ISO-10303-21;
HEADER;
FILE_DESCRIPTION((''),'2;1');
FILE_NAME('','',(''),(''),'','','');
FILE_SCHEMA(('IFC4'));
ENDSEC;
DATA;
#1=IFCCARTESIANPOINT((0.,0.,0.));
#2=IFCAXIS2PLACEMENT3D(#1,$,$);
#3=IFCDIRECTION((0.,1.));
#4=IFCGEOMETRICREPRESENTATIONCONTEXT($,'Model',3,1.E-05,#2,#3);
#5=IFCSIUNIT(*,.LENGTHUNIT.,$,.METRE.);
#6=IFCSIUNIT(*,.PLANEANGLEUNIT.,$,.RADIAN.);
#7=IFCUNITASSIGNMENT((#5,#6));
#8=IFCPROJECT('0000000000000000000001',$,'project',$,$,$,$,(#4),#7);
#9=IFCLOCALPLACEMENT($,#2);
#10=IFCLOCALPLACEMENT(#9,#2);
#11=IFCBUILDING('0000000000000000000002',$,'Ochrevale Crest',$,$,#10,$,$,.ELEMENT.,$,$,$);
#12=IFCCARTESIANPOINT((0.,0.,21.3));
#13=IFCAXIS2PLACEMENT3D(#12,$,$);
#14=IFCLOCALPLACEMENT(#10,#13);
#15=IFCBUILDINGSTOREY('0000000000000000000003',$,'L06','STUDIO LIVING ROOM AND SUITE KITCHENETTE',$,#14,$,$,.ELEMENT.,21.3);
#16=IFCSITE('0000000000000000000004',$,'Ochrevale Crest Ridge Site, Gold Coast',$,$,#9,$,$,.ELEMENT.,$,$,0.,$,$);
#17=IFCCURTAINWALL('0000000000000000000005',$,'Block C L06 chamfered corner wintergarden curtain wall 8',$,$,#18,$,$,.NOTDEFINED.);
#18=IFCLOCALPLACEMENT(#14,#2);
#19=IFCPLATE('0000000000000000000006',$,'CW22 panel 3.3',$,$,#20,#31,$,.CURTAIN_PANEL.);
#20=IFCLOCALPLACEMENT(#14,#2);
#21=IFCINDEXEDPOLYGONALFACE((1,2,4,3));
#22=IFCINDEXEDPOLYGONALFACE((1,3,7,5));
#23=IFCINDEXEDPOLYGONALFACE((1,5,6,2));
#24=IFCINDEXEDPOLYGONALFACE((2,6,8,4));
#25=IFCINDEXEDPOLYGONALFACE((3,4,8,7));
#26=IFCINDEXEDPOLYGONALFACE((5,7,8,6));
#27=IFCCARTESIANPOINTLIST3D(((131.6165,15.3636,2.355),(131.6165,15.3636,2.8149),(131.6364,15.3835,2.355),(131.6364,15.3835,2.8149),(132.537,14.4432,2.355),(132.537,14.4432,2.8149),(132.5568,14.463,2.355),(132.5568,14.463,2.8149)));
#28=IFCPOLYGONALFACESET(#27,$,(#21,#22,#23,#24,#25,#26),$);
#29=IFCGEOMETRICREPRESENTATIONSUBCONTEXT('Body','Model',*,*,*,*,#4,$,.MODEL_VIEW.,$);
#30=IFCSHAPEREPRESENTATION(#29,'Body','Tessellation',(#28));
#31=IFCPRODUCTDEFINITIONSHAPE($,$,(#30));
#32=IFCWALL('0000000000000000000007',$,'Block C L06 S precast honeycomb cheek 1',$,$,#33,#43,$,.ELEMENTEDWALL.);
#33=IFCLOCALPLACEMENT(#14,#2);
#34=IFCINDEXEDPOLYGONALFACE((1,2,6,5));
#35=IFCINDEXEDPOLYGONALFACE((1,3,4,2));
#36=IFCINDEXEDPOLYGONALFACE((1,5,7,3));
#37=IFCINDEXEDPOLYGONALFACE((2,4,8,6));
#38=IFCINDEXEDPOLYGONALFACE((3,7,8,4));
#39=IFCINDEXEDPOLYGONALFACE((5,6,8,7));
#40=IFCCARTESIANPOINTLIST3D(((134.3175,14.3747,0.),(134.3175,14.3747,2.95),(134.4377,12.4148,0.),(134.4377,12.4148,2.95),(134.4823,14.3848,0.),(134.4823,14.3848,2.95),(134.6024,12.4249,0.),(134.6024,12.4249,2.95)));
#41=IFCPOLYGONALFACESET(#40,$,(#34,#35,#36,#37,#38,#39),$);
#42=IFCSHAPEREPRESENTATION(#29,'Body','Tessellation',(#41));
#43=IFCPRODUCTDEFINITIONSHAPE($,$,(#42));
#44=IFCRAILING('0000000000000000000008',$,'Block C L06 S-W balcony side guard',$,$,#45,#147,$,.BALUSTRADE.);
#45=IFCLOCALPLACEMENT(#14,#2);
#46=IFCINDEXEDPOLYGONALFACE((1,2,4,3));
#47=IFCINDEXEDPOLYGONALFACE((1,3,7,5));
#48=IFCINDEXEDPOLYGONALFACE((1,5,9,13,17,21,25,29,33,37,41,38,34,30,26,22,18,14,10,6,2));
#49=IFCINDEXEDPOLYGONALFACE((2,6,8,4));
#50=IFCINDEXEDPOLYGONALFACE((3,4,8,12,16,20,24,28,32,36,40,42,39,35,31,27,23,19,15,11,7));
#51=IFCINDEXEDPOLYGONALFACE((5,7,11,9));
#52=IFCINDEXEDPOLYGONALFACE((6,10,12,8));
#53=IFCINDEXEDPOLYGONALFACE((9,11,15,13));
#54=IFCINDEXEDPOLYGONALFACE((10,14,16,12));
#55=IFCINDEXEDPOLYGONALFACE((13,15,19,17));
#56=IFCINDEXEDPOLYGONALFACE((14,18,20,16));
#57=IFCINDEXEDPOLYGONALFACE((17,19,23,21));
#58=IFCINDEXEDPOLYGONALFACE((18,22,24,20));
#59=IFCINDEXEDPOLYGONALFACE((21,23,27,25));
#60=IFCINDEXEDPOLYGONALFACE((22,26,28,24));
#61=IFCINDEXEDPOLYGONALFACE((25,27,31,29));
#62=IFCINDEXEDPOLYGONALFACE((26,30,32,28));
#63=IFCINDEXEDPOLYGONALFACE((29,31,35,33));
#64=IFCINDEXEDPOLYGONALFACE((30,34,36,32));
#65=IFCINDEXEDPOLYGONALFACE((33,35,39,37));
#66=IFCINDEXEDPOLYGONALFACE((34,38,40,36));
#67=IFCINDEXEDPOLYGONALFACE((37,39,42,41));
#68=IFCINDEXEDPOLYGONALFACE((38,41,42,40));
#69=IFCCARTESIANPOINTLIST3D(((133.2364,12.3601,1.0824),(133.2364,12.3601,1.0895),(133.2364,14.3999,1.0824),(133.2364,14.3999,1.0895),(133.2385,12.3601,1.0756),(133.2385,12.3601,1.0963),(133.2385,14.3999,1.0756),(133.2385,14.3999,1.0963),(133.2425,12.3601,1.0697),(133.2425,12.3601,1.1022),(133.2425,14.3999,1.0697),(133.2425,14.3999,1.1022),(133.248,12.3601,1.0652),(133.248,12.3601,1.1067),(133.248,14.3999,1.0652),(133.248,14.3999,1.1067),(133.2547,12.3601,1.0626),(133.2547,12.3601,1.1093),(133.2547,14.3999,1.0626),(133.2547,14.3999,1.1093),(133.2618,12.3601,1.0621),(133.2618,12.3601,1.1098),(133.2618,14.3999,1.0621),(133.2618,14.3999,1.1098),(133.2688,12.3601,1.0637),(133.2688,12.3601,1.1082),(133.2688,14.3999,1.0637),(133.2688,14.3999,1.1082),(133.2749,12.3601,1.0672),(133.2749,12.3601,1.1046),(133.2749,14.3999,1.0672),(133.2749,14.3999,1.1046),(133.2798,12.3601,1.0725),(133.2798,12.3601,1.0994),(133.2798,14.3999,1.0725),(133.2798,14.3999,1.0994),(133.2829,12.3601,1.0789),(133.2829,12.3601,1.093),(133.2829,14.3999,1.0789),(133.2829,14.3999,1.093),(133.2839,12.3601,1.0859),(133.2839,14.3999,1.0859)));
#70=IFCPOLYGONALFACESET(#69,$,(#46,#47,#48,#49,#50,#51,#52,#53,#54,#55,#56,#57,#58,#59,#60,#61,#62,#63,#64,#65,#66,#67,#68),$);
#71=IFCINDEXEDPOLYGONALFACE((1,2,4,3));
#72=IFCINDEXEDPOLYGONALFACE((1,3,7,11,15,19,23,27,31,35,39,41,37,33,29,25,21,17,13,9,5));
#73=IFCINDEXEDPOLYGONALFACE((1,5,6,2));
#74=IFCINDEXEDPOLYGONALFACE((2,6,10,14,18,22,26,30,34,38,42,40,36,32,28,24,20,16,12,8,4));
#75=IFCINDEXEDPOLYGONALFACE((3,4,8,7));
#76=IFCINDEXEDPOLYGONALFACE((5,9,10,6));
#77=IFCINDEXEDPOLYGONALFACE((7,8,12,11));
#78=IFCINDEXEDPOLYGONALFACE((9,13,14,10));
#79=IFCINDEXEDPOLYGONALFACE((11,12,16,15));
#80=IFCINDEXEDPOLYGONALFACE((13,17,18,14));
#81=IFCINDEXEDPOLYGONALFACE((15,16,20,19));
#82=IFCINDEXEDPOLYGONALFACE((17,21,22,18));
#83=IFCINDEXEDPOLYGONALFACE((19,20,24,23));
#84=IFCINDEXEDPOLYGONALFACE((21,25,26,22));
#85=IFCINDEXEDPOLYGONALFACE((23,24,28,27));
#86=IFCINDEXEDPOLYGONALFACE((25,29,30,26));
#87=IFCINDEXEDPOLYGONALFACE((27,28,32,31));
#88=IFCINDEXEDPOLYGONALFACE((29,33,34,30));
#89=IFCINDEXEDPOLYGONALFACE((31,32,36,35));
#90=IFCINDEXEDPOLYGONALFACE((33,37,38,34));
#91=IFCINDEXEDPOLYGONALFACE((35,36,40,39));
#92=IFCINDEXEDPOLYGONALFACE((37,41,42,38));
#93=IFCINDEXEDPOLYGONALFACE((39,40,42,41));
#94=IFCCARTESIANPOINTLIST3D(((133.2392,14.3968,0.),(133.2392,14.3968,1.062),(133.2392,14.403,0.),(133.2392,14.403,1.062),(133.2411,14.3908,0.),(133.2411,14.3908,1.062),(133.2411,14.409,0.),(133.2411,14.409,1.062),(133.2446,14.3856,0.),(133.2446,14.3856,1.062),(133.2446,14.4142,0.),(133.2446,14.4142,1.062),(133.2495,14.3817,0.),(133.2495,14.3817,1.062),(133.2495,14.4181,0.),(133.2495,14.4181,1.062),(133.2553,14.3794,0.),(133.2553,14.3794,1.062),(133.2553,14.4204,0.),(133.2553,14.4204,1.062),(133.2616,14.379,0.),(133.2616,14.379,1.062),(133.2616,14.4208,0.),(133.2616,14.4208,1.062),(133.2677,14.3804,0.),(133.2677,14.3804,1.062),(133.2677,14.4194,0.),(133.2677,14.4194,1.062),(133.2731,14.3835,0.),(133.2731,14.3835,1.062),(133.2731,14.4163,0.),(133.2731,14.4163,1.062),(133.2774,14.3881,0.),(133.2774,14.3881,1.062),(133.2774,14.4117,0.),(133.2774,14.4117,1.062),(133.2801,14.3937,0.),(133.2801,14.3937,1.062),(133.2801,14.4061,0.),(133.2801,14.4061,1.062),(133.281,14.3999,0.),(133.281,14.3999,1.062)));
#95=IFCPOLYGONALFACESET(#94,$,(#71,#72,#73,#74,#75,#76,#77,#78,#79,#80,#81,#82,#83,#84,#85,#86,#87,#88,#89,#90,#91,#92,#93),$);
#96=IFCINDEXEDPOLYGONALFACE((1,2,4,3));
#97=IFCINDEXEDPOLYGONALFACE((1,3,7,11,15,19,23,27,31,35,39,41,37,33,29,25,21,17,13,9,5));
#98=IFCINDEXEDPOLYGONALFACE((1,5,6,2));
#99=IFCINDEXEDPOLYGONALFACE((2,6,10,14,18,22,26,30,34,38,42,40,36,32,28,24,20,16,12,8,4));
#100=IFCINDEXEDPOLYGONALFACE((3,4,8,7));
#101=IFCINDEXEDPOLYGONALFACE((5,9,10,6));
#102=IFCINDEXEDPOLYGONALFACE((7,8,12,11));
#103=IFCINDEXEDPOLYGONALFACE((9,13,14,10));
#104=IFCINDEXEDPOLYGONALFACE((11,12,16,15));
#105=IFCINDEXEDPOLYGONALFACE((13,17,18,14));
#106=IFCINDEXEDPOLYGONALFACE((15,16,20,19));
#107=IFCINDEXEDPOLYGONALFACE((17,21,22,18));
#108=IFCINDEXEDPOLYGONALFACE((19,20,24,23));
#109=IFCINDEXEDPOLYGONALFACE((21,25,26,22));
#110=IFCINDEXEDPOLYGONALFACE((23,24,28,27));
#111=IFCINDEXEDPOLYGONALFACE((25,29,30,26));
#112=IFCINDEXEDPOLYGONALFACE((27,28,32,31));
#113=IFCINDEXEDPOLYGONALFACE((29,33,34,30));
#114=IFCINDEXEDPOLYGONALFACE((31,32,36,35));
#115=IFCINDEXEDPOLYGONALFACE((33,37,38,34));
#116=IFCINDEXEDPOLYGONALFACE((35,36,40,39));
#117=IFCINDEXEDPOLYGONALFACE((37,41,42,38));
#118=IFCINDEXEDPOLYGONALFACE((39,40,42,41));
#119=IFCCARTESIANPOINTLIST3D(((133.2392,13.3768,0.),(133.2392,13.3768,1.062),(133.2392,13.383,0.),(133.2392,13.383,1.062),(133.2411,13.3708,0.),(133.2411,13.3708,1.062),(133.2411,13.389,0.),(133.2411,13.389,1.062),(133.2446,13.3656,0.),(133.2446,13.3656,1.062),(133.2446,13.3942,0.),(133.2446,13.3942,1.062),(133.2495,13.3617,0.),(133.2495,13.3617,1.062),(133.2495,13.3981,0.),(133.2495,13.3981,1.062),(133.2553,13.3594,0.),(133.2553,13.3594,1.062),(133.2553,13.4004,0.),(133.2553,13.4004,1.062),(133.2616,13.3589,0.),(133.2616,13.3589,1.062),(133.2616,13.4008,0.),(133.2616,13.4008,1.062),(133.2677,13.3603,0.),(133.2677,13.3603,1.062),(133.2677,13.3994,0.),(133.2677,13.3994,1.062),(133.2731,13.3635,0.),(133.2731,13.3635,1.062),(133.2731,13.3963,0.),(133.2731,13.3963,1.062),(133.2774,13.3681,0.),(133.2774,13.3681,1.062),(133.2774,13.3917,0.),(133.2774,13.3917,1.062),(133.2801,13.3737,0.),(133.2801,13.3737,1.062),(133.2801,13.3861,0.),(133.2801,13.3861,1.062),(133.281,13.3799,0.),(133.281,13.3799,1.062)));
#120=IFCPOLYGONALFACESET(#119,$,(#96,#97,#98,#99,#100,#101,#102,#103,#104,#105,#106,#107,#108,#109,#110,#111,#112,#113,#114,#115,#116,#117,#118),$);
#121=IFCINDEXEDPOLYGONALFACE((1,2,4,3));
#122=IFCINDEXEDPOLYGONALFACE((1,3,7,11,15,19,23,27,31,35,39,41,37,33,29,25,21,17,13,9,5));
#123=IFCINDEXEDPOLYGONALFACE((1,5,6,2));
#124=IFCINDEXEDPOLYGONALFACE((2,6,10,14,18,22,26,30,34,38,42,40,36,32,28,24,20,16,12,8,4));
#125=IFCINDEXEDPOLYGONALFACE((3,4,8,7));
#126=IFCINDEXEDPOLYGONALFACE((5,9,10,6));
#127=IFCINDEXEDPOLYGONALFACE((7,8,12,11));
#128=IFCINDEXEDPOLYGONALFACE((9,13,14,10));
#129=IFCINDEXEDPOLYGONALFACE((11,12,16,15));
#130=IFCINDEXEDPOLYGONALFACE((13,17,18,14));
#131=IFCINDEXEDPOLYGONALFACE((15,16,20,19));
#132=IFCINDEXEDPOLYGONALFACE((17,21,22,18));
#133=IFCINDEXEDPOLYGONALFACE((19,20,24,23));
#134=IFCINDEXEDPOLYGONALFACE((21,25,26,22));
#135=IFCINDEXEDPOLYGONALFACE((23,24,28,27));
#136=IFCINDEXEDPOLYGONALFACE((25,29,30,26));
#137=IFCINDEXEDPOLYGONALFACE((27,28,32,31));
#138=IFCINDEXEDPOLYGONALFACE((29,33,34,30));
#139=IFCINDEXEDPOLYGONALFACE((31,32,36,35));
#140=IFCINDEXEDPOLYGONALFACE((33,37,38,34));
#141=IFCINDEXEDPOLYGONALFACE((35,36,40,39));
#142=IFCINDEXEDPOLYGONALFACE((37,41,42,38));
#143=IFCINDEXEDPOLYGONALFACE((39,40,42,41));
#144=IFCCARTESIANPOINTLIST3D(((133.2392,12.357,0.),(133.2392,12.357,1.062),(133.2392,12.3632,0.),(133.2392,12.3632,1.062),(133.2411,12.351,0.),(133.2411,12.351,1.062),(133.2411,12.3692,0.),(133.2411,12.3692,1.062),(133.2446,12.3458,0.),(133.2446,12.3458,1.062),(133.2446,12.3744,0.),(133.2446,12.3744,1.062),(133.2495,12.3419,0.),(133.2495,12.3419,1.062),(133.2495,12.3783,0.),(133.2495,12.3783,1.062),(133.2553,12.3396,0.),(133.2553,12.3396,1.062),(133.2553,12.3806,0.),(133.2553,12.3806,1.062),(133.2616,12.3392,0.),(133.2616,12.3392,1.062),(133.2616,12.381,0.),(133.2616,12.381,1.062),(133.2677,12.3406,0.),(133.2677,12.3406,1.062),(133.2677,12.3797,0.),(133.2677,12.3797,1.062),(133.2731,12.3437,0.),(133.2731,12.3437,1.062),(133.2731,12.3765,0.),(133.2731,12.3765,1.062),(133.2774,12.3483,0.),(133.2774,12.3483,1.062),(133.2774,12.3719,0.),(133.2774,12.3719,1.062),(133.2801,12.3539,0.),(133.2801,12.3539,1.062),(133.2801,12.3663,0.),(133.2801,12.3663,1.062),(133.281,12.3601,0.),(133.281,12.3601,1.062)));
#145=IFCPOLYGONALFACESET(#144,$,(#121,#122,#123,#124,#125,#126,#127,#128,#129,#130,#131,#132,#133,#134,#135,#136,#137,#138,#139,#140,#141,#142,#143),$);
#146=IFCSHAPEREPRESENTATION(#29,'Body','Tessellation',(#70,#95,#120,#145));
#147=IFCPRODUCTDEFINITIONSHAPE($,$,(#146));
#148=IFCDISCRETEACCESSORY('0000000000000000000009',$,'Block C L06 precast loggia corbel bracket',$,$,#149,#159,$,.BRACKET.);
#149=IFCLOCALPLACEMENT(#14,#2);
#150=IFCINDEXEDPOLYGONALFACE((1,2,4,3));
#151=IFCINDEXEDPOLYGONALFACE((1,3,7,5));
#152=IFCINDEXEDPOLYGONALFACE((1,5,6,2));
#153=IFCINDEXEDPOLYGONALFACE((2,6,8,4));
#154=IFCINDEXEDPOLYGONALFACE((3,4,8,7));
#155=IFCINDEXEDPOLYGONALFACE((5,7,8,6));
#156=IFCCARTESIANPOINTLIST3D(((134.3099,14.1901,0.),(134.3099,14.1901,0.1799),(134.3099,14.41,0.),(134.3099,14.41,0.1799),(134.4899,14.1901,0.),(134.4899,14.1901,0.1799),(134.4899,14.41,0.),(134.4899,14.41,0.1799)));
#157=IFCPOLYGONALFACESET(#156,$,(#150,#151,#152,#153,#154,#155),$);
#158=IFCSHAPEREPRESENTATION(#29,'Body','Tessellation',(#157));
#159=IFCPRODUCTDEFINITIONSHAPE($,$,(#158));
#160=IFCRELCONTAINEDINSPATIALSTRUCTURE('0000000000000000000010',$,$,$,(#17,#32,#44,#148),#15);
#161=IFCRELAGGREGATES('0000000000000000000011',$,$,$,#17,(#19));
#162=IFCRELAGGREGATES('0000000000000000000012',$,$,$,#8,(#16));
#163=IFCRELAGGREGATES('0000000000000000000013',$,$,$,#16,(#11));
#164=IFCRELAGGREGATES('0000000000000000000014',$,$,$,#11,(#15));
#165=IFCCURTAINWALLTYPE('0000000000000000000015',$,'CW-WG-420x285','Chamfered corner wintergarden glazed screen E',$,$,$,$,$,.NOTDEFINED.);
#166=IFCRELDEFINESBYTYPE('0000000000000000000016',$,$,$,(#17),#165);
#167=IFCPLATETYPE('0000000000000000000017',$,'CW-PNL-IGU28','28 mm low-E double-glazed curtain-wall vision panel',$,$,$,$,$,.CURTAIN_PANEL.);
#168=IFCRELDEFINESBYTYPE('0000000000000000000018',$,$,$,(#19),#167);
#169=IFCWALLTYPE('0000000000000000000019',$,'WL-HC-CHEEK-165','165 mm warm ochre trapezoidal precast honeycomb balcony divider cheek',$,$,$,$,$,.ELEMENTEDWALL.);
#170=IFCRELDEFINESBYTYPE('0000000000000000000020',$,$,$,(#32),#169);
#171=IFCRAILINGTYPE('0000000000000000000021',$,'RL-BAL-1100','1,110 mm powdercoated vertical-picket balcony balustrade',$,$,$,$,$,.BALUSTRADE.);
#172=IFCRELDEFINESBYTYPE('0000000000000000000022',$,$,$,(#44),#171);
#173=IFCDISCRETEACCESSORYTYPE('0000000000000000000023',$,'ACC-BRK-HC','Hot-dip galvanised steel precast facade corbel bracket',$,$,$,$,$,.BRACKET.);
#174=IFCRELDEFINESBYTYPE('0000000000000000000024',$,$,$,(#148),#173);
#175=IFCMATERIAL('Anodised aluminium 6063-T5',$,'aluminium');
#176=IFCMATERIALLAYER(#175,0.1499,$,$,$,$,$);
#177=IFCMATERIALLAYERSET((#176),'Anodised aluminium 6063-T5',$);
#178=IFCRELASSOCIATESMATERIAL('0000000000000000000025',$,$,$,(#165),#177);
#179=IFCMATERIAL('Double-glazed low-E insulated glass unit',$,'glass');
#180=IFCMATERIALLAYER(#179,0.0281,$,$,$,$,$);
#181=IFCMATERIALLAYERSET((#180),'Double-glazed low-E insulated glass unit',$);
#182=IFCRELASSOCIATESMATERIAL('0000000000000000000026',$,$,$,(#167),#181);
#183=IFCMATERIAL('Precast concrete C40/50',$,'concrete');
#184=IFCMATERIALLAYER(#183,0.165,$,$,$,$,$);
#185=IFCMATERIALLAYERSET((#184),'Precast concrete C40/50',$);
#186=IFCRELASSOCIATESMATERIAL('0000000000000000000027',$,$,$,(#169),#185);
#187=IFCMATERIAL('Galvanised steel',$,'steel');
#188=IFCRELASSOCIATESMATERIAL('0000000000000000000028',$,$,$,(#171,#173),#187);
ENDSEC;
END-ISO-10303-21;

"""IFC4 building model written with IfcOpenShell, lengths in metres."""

from ifc_helpers import new_model, si_unit, direction, frame, frame_2d, origin, origin_2d, place, context, subcontext, project, spatial, rectangle, circle, extrude, material, layer, layer_set, type_object, element, aggregate, save


model = new_model("IFC4")

# Units and contexts
model_context = context("Model", 3, precision=1e-05, world=origin(), true_north=direction((0.0, 1.0)))
body_context = subcontext(model_context, "Body", "Model", "MODEL_VIEW")
ifc_project = project(units=[si_unit("LENGTHUNIT", "METRE"), si_unit("PLANEANGLEUNIT", "RADIAN")], contexts=[model_context])

# Site, building, storey
site_placement = place(None, origin())
site = spatial("IfcSite", under=ifc_project, at=site_placement, Name="Ochrevale Crest Ridge Site, Gold Coast", CompositionType="ELEMENT", RefElevation=0.0)
building_placement = place(site_placement, origin())
building = spatial("IfcBuilding", under=site, at=building_placement, Name="Ochrevale Crest", CompositionType="ELEMENT")
storey_placement = place(building_placement, frame((0.0, 0.0, 21.3)))
storey = spatial("IfcBuildingStorey", under=building, at=storey_placement, Name="L06", Description="STUDIO LIVING ROOM AND SUITE KITCHENETTE", CompositionType="ELEMENT", Elevation=21.3)

# Curtain wall, plate
ifc_material_1 = material(Name="Anodised aluminium 6063-T5", Category="aluminium")
ifc_layer_1 = layer(ifc_material_1, 0.1499)
ifc_layer_set_1 = layer_set([ifc_layer_1], Name="Anodised aluminium 6063-T5")
curtain_wall_type = type_object("IfcCurtainWallType", Name="CW-WG-420x285", Description="Chamfered corner wintergarden glazed screen E", PredefinedType="NOTDEFINED", material=ifc_layer_set_1)
curtain_wall_placement = place(storey_placement, origin())
curtain_wall = element("IfcCurtainWall", 1, at=curtain_wall_placement, inside=storey, type_object=curtain_wall_type, Name="Block C L06 chamfered corner wintergarden curtain wall 8", PredefinedType="NOTDEFINED")
ifc_material_2 = material(Name="Double-glazed low-E insulated glass unit", Category="glass")
ifc_layer_2 = layer(ifc_material_2, 0.0281)
ifc_layer_set_2 = layer_set([ifc_layer_2], Name="Double-glazed low-E insulated glass unit")
plate_type = type_object("IfcPlateType", Name="CW-PNL-IGU28", Description="28 mm low-E double-glazed curtain-wall vision panel", PredefinedType="CURTAIN_PANEL", material=ifc_layer_set_2)
plate_1_placement = place(storey_placement, frame((132.0867, 14.9133, 2.355), z_axis=(0.0, 0.0, 1.0), x_axis=(0.707107, -0.707107, 0.0)))
plate_1 = element("IfcPlate", 2, at=plate_1_placement, type_object=plate_type, Name="CW22 panel 3.3", PredefinedType="CURTAIN_PANEL", context=body_context, shape_type="SweptSolid", body=[
    extrude(rectangle(XDim=1.3018, YDim=0.0281, at=origin_2d()), origin(), (0.0, 0.0, 1.0), 0.46),
])
aggregate(curtain_wall, [plate_1])

# Shared definitions
ifc_material_3 = material(Name="Precast concrete C40/50", Category="concrete")

# Wall
ifc_layer_3 = layer(ifc_material_3, 0.165)
ifc_layer_set_3 = layer_set([ifc_layer_3], Name="Precast concrete C40/50")
wall_type_1 = type_object("IfcWallType", Name="WL-HC-CHEEK-165", Description="165 mm warm ochre trapezoidal precast honeycomb balcony divider cheek", PredefinedType="ELEMENTEDWALL", material=ifc_layer_set_3)
wall_1_placement = place(storey_placement, frame((134.3999, 14.3799, 0.0), z_axis=(0.0, 0.0, 1.0), x_axis=(0.061171, -0.998127, 0.0)))
element("IfcWall", 3, at=wall_1_placement, inside=storey, type_object=wall_type_1, Name="Block C L06 S precast honeycomb cheek 1", PredefinedType="ELEMENTEDWALL", context=body_context, shape_type="SweptSolid", body=[
    extrude(rectangle(XDim=1.9636, YDim=0.165, at=frame_2d((0.9819, 0.0))), origin(), (0.0, 0.0, 1.0), 2.95),
])

# Railing
ifc_material_4 = material(Name="Galvanised steel", Category="steel")
railing_type = type_object("IfcRailingType", Name="RL-BAL-1100", Description="1,110 mm powdercoated vertical-picket balcony balustrade", PredefinedType="BALUSTRADE", material=ifc_material_4)
railing_1_placement = place(storey_placement, frame((133.26, 14.3999, 0.0)))
element("IfcRailing", 4, at=railing_1_placement, inside=storey, type_object=railing_type, Name="Block C L06 S-W balcony side guard", PredefinedType="BALUSTRADE", context=body_context, shape_type="SweptSolid", body=[
    extrude(circle(Radius=0.0239, at=origin_2d()), frame((0.0, 0.0, 1.0859), z_axis=(0.0, -1.0, 0.0), x_axis=(1.0, 0.0, 0.0)), (0.0, 0.0, 1.0), 2.0398),
    extrude(circle(Radius=0.021, at=origin_2d()), origin(), (0.0, 0.0, 1.0), 1.062),
    extrude(circle(Radius=0.021, at=origin_2d()), frame((0.0, -1.02, 0.0)), (0.0, 0.0, 1.0), 1.062),
    extrude(circle(Radius=0.021, at=origin_2d()), frame((0.0, -2.0398, 0.0)), (0.0, 0.0, 1.0), 1.062),
])

# Discrete accessory
discrete_accessory_type = type_object("IfcDiscreteAccessoryType", Name="ACC-BRK-HC", Description="Hot-dip galvanised steel precast facade corbel bracket", PredefinedType="BRACKET", material=ifc_material_4)
discrete_accessory_placement = place(storey_placement, frame((134.3999, 14.3, 0.0), z_axis=(0.0, 0.0, 1.0), x_axis=(1.0, 0.0, 0.0)))
element("IfcDiscreteAccessory", 5, at=discrete_accessory_placement, inside=storey, type_object=discrete_accessory_type, Name="Block C L06 precast loggia corbel bracket", PredefinedType="BRACKET", context=body_context, shape_type="SweptSolid", body=[
    extrude(rectangle(XDim=0.1799, YDim=0.22, at=origin_2d()), origin(), (0.0, 0.0, 1.0), 0.1799),
])

save(model, "model.ifc")
